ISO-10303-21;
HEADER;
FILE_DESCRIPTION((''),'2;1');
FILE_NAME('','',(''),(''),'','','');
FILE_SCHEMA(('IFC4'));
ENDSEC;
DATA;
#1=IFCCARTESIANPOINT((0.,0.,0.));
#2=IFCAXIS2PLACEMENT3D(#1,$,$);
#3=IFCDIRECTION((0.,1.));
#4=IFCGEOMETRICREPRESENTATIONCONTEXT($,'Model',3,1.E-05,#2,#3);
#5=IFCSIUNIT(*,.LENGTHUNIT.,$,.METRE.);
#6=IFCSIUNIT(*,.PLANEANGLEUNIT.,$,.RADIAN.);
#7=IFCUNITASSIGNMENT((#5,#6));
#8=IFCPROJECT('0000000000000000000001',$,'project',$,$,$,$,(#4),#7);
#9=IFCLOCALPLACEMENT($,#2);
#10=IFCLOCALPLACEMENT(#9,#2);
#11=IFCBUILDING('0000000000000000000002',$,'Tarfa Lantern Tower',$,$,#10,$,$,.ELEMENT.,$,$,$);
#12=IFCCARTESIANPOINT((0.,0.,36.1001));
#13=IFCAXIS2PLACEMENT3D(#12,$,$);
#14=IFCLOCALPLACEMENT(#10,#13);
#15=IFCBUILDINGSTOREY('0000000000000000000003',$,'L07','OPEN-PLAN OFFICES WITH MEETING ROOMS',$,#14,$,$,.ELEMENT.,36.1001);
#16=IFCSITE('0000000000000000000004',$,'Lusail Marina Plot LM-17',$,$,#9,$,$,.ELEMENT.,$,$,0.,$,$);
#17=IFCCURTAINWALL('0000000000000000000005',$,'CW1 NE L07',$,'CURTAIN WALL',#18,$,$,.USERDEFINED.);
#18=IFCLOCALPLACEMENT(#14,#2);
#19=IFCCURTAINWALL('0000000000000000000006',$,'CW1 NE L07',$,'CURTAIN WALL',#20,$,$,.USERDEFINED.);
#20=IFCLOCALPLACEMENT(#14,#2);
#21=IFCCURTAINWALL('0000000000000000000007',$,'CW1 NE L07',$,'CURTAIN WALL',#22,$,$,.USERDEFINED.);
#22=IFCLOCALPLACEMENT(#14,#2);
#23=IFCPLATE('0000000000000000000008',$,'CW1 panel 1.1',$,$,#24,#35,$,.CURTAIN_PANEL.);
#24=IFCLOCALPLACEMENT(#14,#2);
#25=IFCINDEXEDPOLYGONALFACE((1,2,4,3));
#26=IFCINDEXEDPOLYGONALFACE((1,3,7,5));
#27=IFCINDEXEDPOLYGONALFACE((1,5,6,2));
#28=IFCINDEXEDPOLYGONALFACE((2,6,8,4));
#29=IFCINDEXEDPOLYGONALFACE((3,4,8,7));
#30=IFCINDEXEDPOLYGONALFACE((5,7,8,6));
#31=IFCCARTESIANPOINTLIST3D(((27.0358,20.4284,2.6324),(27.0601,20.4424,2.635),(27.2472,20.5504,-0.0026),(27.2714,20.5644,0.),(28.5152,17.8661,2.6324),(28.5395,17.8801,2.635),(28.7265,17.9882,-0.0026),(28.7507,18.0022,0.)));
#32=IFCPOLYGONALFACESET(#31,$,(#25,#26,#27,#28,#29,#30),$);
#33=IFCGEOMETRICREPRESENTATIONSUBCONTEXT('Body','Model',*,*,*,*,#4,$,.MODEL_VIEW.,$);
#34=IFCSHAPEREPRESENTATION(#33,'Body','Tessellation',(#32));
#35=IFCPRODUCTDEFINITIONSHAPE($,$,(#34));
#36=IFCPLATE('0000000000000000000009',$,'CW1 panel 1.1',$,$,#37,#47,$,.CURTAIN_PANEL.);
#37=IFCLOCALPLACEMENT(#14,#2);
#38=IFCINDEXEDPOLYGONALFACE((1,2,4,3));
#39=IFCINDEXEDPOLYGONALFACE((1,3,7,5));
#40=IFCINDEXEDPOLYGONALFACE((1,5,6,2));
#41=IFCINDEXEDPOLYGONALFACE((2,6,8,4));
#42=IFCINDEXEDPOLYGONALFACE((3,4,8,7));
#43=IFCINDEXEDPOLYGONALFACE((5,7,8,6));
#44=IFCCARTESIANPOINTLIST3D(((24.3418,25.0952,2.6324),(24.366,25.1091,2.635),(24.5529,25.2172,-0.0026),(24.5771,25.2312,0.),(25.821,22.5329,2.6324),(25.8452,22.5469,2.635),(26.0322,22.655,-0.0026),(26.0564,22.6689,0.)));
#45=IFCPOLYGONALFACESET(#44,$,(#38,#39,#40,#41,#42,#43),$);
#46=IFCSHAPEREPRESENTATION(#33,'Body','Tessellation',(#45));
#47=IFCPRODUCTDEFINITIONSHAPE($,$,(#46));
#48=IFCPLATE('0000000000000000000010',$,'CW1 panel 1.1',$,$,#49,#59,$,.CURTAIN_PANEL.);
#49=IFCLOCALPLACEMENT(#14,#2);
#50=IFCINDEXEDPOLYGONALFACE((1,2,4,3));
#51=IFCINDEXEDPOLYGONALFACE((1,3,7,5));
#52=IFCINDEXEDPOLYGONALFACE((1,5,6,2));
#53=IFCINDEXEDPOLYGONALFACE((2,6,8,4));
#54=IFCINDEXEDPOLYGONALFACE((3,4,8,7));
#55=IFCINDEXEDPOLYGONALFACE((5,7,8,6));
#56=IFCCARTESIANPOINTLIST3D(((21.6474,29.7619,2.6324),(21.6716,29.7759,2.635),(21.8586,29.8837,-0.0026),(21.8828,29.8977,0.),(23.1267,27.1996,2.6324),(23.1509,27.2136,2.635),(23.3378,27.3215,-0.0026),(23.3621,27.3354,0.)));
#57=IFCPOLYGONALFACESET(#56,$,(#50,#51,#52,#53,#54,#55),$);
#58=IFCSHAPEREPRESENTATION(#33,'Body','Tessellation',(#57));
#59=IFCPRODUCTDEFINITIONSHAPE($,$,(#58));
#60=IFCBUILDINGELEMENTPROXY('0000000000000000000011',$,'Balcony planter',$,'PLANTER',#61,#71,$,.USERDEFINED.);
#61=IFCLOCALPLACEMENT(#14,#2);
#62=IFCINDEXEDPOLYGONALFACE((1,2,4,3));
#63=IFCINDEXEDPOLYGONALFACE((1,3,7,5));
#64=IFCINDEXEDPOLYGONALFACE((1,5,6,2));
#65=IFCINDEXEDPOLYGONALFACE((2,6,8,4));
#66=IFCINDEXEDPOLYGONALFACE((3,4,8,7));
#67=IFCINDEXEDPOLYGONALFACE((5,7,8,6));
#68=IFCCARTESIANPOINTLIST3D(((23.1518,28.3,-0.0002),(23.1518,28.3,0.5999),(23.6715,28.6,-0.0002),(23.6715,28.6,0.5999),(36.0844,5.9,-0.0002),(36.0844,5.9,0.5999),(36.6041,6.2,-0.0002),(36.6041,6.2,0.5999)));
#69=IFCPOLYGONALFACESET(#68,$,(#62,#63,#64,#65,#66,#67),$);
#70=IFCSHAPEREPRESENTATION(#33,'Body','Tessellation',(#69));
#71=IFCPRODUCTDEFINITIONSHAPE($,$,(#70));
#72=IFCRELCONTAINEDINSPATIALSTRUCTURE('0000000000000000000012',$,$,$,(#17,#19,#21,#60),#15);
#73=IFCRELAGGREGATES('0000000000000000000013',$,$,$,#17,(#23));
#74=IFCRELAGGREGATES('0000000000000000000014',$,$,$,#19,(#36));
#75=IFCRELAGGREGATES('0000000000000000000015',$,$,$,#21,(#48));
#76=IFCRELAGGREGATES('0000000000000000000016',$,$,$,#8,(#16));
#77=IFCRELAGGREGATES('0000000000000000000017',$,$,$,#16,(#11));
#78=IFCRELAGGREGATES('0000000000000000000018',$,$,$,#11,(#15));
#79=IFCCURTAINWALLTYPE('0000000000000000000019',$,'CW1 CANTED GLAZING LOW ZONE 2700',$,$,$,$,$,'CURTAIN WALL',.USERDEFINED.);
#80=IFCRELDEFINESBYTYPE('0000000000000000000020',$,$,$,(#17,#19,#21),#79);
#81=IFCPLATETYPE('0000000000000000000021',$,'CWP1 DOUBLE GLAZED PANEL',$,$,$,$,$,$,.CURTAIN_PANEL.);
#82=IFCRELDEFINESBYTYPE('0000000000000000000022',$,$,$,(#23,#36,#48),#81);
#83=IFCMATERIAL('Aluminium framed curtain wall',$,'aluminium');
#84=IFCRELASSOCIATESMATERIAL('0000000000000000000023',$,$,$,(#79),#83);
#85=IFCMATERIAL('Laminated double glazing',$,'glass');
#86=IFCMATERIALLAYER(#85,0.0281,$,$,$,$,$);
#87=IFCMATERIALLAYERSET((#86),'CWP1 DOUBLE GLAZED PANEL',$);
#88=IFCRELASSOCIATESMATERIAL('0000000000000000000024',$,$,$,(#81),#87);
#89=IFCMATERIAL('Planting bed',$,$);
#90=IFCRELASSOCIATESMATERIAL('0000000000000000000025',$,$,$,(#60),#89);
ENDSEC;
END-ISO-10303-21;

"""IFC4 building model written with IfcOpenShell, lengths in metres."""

from ifc_helpers import new_model, si_unit, direction, frame, origin, origin_2d, place, context, subcontext, project, spatial, polyline, rectangle, outline, extrude, material, layer, layer_set, type_object, element, aggregate, save


model = new_model("IFC4")

# Units and contexts
model_context = context("Model", 3, precision=1e-05, world=origin(), true_north=direction((0.0, 1.0)))
body_context = subcontext(model_context, "Body", "Model", "MODEL_VIEW")
ifc_project = project(units=[si_unit("LENGTHUNIT", "METRE"), si_unit("PLANEANGLEUNIT", "RADIAN")], contexts=[model_context])

# Site, building, storey
site_placement = place(None, origin())
site = spatial("IfcSite", under=ifc_project, at=site_placement, Name="Lusail Marina Plot LM-17", CompositionType="ELEMENT", RefElevation=0.0)
building_placement = place(site_placement, origin())
building = spatial("IfcBuilding", under=site, at=building_placement, Name="Tarfa Lantern Tower", CompositionType="ELEMENT")
storey_placement = place(building_placement, frame((0.0, 0.0, 36.1001)))
storey = spatial("IfcBuildingStorey", under=building, at=storey_placement, Name="L07", Description="OPEN-PLAN OFFICES WITH MEETING ROOMS", CompositionType="ELEMENT", Elevation=36.1001)

# Curtain walls
ifc_material_1 = material(Name="Aluminium framed curtain wall", Category="aluminium")
curtain_wall_type = type_object("IfcCurtainWallType", Name="CW1 CANTED GLAZING LOW ZONE 2700", ElementType="CURTAIN WALL", PredefinedType="USERDEFINED", material=ifc_material_1)
curtain_wall_1_placement = place(storey_placement, origin())
curtain_wall_1 = element("IfcCurtainWall", 1, at=curtain_wall_1_placement, inside=storey, type_object=curtain_wall_type, Name="CW1 NE L07", ObjectType="CURTAIN WALL", PredefinedType="USERDEFINED")
curtain_wall_2_placement = place(storey_placement, origin())
curtain_wall_2 = element("IfcCurtainWall", 2, at=curtain_wall_2_placement, inside=storey, type_object=curtain_wall_type, Name="CW1 NE L07", ObjectType="CURTAIN WALL", PredefinedType="USERDEFINED")
curtain_wall_3_placement = place(storey_placement, origin())
curtain_wall_3 = element("IfcCurtainWall", 3, at=curtain_wall_3_placement, inside=storey, type_object=curtain_wall_type, Name="CW1 NE L07", ObjectType="CURTAIN WALL", PredefinedType="USERDEFINED")

# Plates
ifc_material_2 = material(Name="Laminated double glazing", Category="glass")
ifc_layer = layer(ifc_material_2, 0.0281)
ifc_layer_set = layer_set([ifc_layer], Name="CWP1 DOUBLE GLAZED PANEL")
plate_type = type_object("IfcPlateType", Name="CWP1 DOUBLE GLAZED PANEL", PredefinedType="CURTAIN_PANEL", material=ifc_layer_set)
plate_1_placement = place(storey_placement, frame((28.7507, 18.0022, 0.0), z_axis=(0.862328, 0.497882, 0.092216), x_axis=(-0.500013, 0.866018, -0.000003)))
plate_1 = element("IfcPlate", 4, at=plate_1_placement, type_object=plate_type, Name="CW1 panel 1.1", PredefinedType="CURTAIN_PANEL", context=body_context, shape_type="SweptSolid", body=[
    extrude(outline(polyline([(0.0, 0.0), (2.9586, 0.0), (2.9586, 2.6463), (-0.0001, 2.6463), (0.0, 0.0)])), origin(), (0.0, 0.0, -1.0), 0.0281),
])
aggregate(curtain_wall_1, [plate_1])
plate_2_placement = place(storey_placement, frame((26.0564, 22.6689, 0.0), z_axis=(0.862349, 0.497853, 0.092176), x_axis=(-0.499982, 0.866036, 0.0)))
plate_2 = element("IfcPlate", 5, at=plate_2_placement, type_object=plate_type, Name="CW1 panel 1.1", PredefinedType="CURTAIN_PANEL", context=body_context, shape_type="SweptSolid", body=[
    extrude(outline(polyline([(0.0, 0.0), (2.9586, 0.0), (2.9585, 2.6463), (-0.0001, 2.6463), (0.0, 0.0)])), origin(), (0.0, 0.0, -1.0), 0.0281),
])
aggregate(curtain_wall_2, [plate_2])
plate_3_placement = place(storey_placement, frame((23.3621, 27.3354, 0.0), z_axis=(0.862353, 0.497856, 0.092131), x_axis=(-0.499982, 0.866036, 0.0)))
plate_3 = element("IfcPlate", 6, at=plate_3_placement, type_object=plate_type, Name="CW1 panel 1.1", PredefinedType="CURTAIN_PANEL", context=body_context, shape_type="SweptSolid", body=[
    extrude(outline(polyline([(0.0, 0.0), (2.9586, 0.0), (2.9587, 2.6463), (0.0001, 2.6463), (0.0, 0.0)])), origin(), (0.0, 0.0, -1.0), 0.0281),
])
aggregate(curtain_wall_3, [plate_3])

# Building element proxy
ifc_material_3 = material(Name="Planting bed")
proxy_placement = place(storey_placement, frame((29.8779, 17.25, -0.0002), z_axis=(0.0, 0.0, 1.0), x_axis=(-0.5, 0.866025, 0.0)))
element("IfcBuildingElementProxy", 7, at=proxy_placement, inside=storey, material=ifc_material_3, Name="Balcony planter", ObjectType="PLANTER", PredefinedType="USERDEFINED", context=body_context, shape_type="SweptSolid", body=[
    extrude(rectangle(XDim=25.8652, YDim=0.6001, at=origin_2d()), origin(), (0.0, 0.0, 1.0), 0.6001),
])

save(model, "model.ifc")
